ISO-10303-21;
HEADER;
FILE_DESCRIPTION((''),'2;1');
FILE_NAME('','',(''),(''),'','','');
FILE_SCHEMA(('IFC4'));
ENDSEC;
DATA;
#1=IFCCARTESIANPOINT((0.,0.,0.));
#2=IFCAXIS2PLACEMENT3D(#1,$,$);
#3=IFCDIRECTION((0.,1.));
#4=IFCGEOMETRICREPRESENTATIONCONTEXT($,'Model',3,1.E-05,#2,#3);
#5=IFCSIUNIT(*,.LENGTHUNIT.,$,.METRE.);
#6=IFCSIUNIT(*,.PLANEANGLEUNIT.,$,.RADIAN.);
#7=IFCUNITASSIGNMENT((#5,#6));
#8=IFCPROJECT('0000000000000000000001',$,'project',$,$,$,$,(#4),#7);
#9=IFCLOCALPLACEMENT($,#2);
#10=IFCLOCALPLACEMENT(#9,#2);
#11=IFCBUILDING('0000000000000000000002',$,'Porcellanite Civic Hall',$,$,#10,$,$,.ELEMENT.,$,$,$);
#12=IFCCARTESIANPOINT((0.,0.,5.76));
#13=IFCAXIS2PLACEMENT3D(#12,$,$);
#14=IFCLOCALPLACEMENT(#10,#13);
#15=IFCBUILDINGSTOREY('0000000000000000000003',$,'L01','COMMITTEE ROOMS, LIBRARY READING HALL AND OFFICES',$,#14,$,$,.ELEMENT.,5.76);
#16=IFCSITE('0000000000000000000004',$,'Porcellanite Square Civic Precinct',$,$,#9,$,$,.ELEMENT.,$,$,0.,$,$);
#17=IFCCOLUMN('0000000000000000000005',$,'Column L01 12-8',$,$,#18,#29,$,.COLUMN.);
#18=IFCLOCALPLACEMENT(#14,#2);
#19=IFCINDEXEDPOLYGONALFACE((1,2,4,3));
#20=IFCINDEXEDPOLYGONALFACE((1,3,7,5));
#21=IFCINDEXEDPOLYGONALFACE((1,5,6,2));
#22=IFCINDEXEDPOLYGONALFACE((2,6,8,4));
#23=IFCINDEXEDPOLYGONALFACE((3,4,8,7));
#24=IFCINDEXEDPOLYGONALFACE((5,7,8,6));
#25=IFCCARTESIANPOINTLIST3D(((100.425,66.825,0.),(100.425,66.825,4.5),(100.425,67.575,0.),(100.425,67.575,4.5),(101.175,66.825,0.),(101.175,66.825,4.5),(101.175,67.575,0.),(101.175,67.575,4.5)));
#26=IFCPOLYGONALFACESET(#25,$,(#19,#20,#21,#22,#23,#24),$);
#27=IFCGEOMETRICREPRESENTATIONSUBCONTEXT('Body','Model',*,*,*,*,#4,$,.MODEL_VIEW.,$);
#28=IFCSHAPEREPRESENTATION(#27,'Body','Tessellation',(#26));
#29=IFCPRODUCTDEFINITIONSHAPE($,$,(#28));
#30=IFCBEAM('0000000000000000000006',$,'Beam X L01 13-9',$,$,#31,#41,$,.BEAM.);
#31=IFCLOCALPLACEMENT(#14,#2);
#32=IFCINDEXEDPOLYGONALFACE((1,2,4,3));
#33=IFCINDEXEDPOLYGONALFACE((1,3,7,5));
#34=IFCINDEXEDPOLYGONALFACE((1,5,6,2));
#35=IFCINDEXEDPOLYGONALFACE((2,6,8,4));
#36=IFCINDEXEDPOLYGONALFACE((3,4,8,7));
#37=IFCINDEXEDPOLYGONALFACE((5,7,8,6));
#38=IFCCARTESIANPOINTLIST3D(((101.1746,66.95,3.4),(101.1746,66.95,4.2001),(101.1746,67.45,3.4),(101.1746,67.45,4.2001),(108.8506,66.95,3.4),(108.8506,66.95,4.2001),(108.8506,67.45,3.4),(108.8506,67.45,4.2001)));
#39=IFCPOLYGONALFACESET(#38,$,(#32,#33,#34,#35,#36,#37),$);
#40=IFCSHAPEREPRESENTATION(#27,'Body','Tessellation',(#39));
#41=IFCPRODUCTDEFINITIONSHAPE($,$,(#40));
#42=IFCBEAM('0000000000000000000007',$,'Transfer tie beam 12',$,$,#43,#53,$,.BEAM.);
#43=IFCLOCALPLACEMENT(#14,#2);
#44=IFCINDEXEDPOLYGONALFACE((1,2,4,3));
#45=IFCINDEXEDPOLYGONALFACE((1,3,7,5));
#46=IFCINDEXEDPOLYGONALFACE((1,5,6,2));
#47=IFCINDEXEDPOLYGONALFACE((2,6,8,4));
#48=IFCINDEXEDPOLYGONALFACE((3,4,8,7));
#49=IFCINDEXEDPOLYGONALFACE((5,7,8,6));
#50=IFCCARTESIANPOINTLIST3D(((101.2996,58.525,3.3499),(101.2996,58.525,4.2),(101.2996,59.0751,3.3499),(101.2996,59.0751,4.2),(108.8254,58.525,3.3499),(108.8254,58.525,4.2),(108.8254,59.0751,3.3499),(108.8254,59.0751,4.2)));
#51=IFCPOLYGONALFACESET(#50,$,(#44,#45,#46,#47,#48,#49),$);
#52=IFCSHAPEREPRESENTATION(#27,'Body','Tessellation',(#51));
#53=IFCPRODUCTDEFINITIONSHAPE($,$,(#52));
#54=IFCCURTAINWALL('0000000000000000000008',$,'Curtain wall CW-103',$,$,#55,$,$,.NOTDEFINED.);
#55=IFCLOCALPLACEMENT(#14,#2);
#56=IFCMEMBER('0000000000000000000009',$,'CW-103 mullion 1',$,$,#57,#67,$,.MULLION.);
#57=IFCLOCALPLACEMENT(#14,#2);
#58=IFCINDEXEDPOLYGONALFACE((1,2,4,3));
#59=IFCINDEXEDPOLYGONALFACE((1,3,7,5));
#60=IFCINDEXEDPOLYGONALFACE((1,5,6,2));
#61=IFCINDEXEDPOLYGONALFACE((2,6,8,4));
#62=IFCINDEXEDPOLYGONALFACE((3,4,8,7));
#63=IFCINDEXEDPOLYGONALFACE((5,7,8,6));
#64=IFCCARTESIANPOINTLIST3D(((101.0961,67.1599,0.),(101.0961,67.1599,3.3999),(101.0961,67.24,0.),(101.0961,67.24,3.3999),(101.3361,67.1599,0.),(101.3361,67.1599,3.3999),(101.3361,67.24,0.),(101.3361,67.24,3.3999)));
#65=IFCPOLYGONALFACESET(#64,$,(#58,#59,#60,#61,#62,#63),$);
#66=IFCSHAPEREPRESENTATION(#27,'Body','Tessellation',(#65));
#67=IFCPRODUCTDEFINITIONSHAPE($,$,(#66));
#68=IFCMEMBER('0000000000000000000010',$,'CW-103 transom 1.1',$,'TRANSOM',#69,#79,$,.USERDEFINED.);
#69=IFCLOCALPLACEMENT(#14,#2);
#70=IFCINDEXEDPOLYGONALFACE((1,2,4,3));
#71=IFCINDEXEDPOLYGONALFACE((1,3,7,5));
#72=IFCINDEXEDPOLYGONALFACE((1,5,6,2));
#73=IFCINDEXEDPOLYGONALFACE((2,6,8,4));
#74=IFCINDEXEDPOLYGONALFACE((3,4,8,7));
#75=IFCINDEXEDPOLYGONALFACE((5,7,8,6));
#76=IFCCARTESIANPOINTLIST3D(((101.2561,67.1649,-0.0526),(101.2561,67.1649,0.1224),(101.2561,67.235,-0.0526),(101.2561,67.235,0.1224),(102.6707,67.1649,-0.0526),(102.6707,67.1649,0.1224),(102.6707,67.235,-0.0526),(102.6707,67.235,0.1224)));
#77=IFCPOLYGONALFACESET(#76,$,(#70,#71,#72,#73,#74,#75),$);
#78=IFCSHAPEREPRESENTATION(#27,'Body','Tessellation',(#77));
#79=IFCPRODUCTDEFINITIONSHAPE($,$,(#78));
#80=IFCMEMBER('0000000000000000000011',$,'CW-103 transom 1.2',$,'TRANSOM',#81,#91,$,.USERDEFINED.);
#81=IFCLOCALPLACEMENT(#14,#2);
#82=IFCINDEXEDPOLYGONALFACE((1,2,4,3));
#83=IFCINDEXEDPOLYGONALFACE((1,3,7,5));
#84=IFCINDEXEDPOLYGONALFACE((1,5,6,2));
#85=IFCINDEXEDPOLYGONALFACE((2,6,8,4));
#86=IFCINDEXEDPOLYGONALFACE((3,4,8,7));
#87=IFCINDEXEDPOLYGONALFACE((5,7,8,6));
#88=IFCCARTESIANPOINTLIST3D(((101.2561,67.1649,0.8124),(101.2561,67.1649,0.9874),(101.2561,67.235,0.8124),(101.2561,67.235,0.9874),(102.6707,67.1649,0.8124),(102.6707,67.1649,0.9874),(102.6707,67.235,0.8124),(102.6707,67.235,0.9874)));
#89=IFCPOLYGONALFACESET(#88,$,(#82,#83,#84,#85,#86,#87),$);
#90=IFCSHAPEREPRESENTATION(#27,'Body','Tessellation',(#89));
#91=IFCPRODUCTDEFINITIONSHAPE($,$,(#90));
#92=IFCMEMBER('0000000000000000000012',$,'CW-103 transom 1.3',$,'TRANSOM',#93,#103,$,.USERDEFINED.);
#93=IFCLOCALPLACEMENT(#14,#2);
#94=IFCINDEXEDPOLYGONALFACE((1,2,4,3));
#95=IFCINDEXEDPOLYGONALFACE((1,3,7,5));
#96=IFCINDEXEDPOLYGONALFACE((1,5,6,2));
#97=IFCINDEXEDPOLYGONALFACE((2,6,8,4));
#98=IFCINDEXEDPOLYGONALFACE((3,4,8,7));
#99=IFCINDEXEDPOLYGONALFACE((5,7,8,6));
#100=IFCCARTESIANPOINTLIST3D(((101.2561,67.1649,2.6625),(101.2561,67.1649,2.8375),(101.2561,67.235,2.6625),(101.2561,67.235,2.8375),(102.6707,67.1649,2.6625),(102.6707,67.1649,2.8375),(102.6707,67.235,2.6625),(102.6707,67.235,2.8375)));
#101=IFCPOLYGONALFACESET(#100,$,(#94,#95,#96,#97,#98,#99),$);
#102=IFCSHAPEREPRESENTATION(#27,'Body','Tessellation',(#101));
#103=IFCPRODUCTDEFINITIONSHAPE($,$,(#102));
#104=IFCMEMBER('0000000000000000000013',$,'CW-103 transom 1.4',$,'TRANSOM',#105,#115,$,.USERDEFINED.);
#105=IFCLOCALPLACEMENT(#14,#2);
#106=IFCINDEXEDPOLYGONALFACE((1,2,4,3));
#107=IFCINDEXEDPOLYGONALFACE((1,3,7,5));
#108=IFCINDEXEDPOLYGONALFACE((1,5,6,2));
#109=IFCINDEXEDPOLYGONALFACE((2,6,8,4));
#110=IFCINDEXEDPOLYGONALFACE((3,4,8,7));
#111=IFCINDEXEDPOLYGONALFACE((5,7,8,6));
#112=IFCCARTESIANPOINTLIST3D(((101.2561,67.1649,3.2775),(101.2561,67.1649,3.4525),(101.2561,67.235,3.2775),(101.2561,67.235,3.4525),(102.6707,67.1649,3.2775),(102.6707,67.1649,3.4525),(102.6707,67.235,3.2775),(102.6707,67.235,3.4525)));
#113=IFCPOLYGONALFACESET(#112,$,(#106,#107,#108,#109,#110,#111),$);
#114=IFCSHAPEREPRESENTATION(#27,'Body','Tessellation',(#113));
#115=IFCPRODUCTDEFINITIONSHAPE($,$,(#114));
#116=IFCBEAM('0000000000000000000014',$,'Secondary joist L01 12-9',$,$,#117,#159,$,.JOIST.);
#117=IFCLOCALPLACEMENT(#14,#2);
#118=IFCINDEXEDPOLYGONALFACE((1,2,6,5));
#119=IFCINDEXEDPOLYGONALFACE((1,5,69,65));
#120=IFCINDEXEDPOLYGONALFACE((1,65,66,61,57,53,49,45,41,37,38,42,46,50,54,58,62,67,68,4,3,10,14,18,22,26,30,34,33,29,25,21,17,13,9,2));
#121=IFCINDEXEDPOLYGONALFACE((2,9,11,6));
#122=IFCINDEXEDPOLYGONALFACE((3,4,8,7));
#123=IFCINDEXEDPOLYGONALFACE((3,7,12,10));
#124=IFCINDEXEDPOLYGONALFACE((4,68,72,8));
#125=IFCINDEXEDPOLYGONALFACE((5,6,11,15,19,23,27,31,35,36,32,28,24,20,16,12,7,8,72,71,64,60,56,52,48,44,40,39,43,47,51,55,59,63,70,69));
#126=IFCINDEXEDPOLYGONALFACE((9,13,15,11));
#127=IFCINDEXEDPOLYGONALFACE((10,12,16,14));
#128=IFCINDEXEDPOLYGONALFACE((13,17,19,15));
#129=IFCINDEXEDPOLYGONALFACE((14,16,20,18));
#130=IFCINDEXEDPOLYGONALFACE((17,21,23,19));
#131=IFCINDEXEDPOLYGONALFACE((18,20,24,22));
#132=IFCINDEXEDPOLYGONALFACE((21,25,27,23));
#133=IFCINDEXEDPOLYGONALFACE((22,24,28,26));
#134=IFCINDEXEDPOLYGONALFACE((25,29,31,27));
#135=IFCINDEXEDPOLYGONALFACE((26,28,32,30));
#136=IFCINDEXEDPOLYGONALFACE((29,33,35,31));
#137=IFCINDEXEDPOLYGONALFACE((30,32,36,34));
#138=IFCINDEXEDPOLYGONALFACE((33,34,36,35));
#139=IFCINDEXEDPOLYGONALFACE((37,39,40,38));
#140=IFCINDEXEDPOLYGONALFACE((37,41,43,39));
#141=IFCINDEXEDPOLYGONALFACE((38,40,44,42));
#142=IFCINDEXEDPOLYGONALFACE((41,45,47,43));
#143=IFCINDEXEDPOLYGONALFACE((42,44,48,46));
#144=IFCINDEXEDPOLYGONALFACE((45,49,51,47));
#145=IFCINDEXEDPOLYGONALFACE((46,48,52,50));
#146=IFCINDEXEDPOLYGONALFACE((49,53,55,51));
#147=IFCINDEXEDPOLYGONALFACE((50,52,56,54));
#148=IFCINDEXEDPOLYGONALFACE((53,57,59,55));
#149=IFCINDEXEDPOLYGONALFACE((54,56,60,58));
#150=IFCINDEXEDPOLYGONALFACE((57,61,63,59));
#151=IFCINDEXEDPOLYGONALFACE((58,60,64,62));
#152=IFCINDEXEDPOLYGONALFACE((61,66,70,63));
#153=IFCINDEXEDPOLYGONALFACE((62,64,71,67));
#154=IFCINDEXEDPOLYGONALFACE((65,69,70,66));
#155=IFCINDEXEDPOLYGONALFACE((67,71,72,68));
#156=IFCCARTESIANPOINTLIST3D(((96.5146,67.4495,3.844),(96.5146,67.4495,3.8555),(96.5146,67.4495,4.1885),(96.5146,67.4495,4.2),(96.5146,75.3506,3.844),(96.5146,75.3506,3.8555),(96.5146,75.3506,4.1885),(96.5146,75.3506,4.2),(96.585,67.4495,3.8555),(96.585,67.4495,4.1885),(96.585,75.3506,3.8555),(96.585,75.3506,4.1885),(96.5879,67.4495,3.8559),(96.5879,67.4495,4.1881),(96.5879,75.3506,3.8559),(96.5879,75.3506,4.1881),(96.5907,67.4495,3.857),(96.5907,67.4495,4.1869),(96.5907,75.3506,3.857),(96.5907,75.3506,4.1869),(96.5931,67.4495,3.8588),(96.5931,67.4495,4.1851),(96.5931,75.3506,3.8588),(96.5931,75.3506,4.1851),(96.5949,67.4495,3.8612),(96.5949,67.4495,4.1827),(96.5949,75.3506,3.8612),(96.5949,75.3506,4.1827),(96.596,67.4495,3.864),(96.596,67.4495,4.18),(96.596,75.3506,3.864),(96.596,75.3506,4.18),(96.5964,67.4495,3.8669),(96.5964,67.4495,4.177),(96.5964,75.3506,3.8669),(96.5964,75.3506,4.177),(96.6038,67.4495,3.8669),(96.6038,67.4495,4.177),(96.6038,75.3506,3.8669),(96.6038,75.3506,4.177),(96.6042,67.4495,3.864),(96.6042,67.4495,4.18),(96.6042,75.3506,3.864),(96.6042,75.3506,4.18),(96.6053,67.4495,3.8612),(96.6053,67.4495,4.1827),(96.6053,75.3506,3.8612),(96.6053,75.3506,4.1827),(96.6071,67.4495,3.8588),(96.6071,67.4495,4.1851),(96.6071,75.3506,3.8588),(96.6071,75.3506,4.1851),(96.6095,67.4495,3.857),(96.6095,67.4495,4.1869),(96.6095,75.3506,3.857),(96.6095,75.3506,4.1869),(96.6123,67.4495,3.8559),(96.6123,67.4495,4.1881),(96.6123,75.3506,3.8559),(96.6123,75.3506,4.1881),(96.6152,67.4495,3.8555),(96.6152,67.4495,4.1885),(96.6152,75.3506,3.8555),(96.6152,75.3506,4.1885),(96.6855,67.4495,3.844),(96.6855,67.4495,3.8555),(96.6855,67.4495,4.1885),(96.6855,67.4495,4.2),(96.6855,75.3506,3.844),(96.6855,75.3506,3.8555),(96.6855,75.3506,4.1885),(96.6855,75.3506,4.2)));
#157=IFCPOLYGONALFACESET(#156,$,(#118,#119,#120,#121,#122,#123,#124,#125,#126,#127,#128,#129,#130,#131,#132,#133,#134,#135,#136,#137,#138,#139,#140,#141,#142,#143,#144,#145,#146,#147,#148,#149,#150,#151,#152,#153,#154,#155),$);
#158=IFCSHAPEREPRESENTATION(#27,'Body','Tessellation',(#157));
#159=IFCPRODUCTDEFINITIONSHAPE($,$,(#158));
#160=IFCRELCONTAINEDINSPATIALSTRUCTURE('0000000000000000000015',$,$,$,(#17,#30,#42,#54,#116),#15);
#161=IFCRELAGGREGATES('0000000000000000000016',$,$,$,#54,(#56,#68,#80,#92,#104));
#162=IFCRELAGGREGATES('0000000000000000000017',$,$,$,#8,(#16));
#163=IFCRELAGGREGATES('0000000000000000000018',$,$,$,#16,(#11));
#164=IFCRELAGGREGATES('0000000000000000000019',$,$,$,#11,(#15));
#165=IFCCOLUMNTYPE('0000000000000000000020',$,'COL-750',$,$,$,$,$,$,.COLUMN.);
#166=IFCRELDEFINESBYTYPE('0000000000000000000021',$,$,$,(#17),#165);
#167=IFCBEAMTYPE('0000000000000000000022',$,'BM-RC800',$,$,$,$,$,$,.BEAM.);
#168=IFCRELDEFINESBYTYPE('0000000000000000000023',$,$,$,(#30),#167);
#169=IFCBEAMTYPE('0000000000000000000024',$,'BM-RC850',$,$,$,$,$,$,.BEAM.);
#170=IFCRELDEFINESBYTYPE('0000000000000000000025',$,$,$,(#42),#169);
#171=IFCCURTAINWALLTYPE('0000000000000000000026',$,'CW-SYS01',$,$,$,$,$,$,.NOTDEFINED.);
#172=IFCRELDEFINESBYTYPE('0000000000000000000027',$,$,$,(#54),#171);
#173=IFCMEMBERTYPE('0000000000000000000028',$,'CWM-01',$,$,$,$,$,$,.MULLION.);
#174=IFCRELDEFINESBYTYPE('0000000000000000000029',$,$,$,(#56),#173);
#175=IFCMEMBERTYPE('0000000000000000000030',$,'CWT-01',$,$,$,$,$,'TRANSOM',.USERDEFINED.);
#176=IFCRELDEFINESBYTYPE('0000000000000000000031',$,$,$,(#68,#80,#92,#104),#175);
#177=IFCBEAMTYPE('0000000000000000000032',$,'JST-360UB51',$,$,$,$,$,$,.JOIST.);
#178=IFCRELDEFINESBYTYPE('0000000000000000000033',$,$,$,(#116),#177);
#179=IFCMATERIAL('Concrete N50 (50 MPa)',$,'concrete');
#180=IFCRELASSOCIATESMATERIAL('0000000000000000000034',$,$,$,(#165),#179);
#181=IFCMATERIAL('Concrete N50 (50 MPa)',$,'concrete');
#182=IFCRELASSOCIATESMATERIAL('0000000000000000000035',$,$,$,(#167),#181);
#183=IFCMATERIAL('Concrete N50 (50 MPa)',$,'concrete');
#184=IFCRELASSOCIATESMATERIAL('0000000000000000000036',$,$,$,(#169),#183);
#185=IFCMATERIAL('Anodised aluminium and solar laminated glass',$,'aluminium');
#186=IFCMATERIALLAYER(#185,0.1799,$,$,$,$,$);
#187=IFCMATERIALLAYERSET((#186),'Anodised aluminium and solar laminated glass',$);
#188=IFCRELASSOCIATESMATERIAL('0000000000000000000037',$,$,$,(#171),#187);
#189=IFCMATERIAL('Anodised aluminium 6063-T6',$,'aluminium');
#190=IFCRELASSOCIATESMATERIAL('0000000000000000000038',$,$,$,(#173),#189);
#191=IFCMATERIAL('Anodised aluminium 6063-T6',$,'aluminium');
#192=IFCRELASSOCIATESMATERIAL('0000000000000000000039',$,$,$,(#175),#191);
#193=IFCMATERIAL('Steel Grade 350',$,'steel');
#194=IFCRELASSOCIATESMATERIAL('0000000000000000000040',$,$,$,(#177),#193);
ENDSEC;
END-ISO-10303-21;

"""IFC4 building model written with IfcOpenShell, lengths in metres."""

from ifc_helpers import new_model, si_unit, direction, frame, origin, origin_2d, place, context, subcontext, project, spatial, rectangle, i_section, extrude, material, layer, layer_set, material_profile, profile_set, type_object, element, aggregate, save


model = new_model("IFC4")

# Units and contexts
model_context = context("Model", 3, precision=1e-05, world=origin(), true_north=direction((0.0, 1.0)))
body_context = subcontext(model_context, "Body", "Model", "MODEL_VIEW")
ifc_project = project(units=[si_unit("LENGTHUNIT", "METRE"), si_unit("PLANEANGLEUNIT", "RADIAN")], contexts=[model_context])

# Site, building, storey
site_placement = place(None, origin())
site = spatial("IfcSite", under=ifc_project, at=site_placement, Name="Porcellanite Square Civic Precinct", CompositionType="ELEMENT", RefElevation=0.0)
building_placement = place(site_placement, origin())
building = spatial("IfcBuilding", under=site, at=building_placement, Name="Porcellanite Civic Hall", CompositionType="ELEMENT")
storey_placement = place(building_placement, frame((0.0, 0.0, 5.76)))
storey = spatial("IfcBuildingStorey", under=building, at=storey_placement, Name="L01", Description="COMMITTEE ROOMS, LIBRARY READING HALL AND OFFICES", CompositionType="ELEMENT", Elevation=5.76)

# Column
ifc_material_1 = material(Name="Concrete N50 (50 MPa)", Category="concrete")
ifc_material_profile_1 = material_profile(ifc_material_1, rectangle(XDim=0.75, YDim=0.75, at=origin_2d()), Name="RC-750x750")
ifc_profile_set_1 = profile_set([ifc_material_profile_1], Name="Concrete N50 (50 MPa)")
column_type = type_object("IfcColumnType", Name="COL-750", PredefinedType="COLUMN", material=ifc_profile_set_1)
column_placement = place(storey_placement, frame((100.8, 67.2, 0.0), z_axis=(0.0, 0.0, 1.0), x_axis=(1.0, 0.0, 0.0)))
element("IfcColumn", 1, at=column_placement, inside=storey, type_object=column_type, Name="Column L01 12-8", PredefinedType="COLUMN", context=body_context, shape_type="SweptSolid", body=[
    extrude(rectangle(XDim=0.75, YDim=0.75, at=origin_2d()), origin(), (0.0, 0.0, 1.0), 4.5),
])

# Beams
ifc_material_2 = material(Name="Concrete N50 (50 MPa)", Category="concrete")
ifc_material_profile_2 = material_profile(ifc_material_2, rectangle(XDim=0.5, YDim=0.8, at=origin_2d()), Name="RC-500x800")
ifc_profile_set_2 = profile_set([ifc_material_profile_2], Name="Concrete N50 (50 MPa)")
beam_type_1 = type_object("IfcBeamType", Name="BM-RC800", PredefinedType="BEAM", material=ifc_profile_set_2)
beam_1_placement = place(storey_placement, frame((101.1746, 67.2, 3.8), z_axis=(1.0, 0.0, 0.0), x_axis=(0.0, 1.0, 0.0)))
element("IfcBeam", 2, at=beam_1_placement, inside=storey, type_object=beam_type_1, Name="Beam X L01 13-9", PredefinedType="BEAM", context=body_context, shape_type="SweptSolid", body=[
    extrude(rectangle(XDim=0.5, YDim=0.8, at=origin_2d()), origin(), (0.0, 0.0, 1.0), 7.676),
])
ifc_material_3 = material(Name="Concrete N50 (50 MPa)", Category="concrete")
ifc_material_profile_3 = material_profile(ifc_material_3, rectangle(XDim=0.55, YDim=0.8501, at=origin_2d()), Name="RC-550x850")
ifc_profile_set_3 = profile_set([ifc_material_profile_3], Name="Concrete N50 (50 MPa)")
beam_type_2 = type_object("IfcBeamType", Name="BM-RC850", PredefinedType="BEAM", material=ifc_profile_set_3)
beam_2_placement = place(storey_placement, frame((101.2996, 58.8, 3.7749), z_axis=(1.0, 0.0, 0.0), x_axis=(0.0, 1.0, 0.0)))
element("IfcBeam", 3, at=beam_2_placement, inside=storey, type_object=beam_type_2, Name="Transfer tie beam 12", PredefinedType="BEAM", context=body_context, shape_type="SweptSolid", body=[
    extrude(rectangle(XDim=0.55, YDim=0.8501, at=origin_2d()), origin(), (0.0, 0.0, 1.0), 7.5259),
])

# Curtain wall, members
ifc_material_4 = material(Name="Anodised aluminium and solar laminated glass", Category="aluminium")
ifc_layer_1 = layer(ifc_material_4, 0.1799)
ifc_layer_set_1 = layer_set([ifc_layer_1], Name="Anodised aluminium and solar laminated glass")
curtain_wall_type = type_object("IfcCurtainWallType", Name="CW-SYS01", PredefinedType="NOTDEFINED", material=ifc_layer_set_1)
curtain_wall_placement = place(storey_placement, origin())
curtain_wall = element("IfcCurtainWall", 4, at=curtain_wall_placement, inside=storey, type_object=curtain_wall_type, Name="Curtain wall CW-103", PredefinedType="NOTDEFINED")
ifc_material_5 = material(Name="Anodised aluminium 6063-T6", Category="aluminium")
ifc_material_profile_4 = material_profile(ifc_material_5, rectangle(XDim=0.0801, YDim=0.24, at=origin_2d()), Name="AL-80x240")
ifc_profile_set_4 = profile_set([ifc_material_profile_4], Name="Anodised aluminium 6063-T6")
member_type_1 = type_object("IfcMemberType", Name="CWM-01", PredefinedType="MULLION", material=ifc_profile_set_4)
member_1_placement = place(storey_placement, frame((101.2161, 67.2, 0.0), z_axis=(0.0, 0.0, 1.0), x_axis=(0.0, 1.0, 0.0)))
member_1 = element("IfcMember", 5, at=member_1_placement, type_object=member_type_1, Name="CW-103 mullion 1", PredefinedType="MULLION", context=body_context, shape_type="SweptSolid", body=[
    extrude(rectangle(XDim=0.0801, YDim=0.24, at=origin_2d()), origin(), (0.0, 0.0, 1.0), 3.3999),
])
ifc_material_6 = material(Name="Anodised aluminium 6063-T6", Category="aluminium")
ifc_material_profile_5 = material_profile(ifc_material_6, rectangle(XDim=0.0701, YDim=0.175, at=origin_2d()), Name="AL-70x175")
ifc_profile_set_5 = profile_set([ifc_material_profile_5], Name="Anodised aluminium 6063-T6")
member_type_2 = type_object("IfcMemberType", Name="CWT-01", ElementType="TRANSOM", PredefinedType="USERDEFINED", material=ifc_profile_set_5)
member_2_placement = place(storey_placement, frame((101.2561, 67.2, 0.0349), z_axis=(1.0, 0.0, 0.0), x_axis=(0.0, 1.0, 0.0)))
member_2 = element("IfcMember", 6, at=member_2_placement, type_object=member_type_2, Name="CW-103 transom 1.1", ObjectType="TRANSOM", PredefinedType="USERDEFINED", context=body_context, shape_type="SweptSolid", body=[
    extrude(rectangle(XDim=0.0701, YDim=0.175, at=origin_2d()), origin(), (0.0, 0.0, 1.0), 1.4146),
])
member_3_placement = place(storey_placement, frame((101.2561, 67.2, 0.8999), z_axis=(1.0, 0.0, 0.0), x_axis=(0.0, 1.0, 0.0)))
member_3 = element("IfcMember", 7, at=member_3_placement, type_object=member_type_2, Name="CW-103 transom 1.2", ObjectType="TRANSOM", PredefinedType="USERDEFINED", context=body_context, shape_type="SweptSolid", body=[
    extrude(rectangle(XDim=0.0701, YDim=0.175, at=origin_2d()), origin(), (0.0, 0.0, 1.0), 1.4146),
])
member_4_placement = place(storey_placement, frame((101.2561, 67.2, 2.75), z_axis=(1.0, 0.0, 0.0), x_axis=(0.0, 1.0, 0.0)))
member_4 = element("IfcMember", 8, at=member_4_placement, type_object=member_type_2, Name="CW-103 transom 1.3", ObjectType="TRANSOM", PredefinedType="USERDEFINED", context=body_context, shape_type="SweptSolid", body=[
    extrude(rectangle(XDim=0.0701, YDim=0.175, at=origin_2d()), origin(), (0.0, 0.0, 1.0), 1.4146),
])
member_5_placement = place(storey_placement, frame((101.2561, 67.2, 3.365), z_axis=(1.0, 0.0, 0.0), x_axis=(0.0, 1.0, 0.0)))
member_5 = element("IfcMember", 9, at=member_5_placement, type_object=member_type_2, Name="CW-103 transom 1.4", ObjectType="TRANSOM", PredefinedType="USERDEFINED", context=body_context, shape_type="SweptSolid", body=[
    extrude(rectangle(XDim=0.0701, YDim=0.175, at=origin_2d()), origin(), (0.0, 0.0, 1.0), 1.4146),
])

# Beam
ifc_material_7 = material(Name="Steel Grade 350", Category="steel")
ifc_material_profile_6 = material_profile(ifc_material_7, i_section(OverallWidth=0.1709, OverallDepth=0.356, WebThickness=0.0073, FlangeThickness=0.0115, FilletRadius=0.0115, at=origin_2d()), Name="360UB50.7")
ifc_profile_set_6 = profile_set([ifc_material_profile_6], Name="Steel Grade 350")
beam_type_3 = type_object("IfcBeamType", Name="JST-360UB51", PredefinedType="JOIST", material=ifc_profile_set_6)
beam_3_placement = place(storey_placement, frame((96.6001, 67.4495, 4.022), z_axis=(0.0, 1.0, 0.0), x_axis=(-1.0, 0.0, 0.0)))
element("IfcBeam", 10, at=beam_3_placement, inside=storey, type_object=beam_type_3, Name="Secondary joist L01 12-9", PredefinedType="JOIST", context=body_context, shape_type="SweptSolid", body=[
    extrude(i_section(OverallWidth=0.1709, OverallDepth=0.356, WebThickness=0.0073, FlangeThickness=0.0115, FilletRadius=0.0115, at=origin_2d()), origin(), (0.0, 0.0, 1.0), 7.9011),
])

aggregate(curtain_wall, [member_1, member_2, member_3, member_4, member_5])

save(model, "model.ifc")
